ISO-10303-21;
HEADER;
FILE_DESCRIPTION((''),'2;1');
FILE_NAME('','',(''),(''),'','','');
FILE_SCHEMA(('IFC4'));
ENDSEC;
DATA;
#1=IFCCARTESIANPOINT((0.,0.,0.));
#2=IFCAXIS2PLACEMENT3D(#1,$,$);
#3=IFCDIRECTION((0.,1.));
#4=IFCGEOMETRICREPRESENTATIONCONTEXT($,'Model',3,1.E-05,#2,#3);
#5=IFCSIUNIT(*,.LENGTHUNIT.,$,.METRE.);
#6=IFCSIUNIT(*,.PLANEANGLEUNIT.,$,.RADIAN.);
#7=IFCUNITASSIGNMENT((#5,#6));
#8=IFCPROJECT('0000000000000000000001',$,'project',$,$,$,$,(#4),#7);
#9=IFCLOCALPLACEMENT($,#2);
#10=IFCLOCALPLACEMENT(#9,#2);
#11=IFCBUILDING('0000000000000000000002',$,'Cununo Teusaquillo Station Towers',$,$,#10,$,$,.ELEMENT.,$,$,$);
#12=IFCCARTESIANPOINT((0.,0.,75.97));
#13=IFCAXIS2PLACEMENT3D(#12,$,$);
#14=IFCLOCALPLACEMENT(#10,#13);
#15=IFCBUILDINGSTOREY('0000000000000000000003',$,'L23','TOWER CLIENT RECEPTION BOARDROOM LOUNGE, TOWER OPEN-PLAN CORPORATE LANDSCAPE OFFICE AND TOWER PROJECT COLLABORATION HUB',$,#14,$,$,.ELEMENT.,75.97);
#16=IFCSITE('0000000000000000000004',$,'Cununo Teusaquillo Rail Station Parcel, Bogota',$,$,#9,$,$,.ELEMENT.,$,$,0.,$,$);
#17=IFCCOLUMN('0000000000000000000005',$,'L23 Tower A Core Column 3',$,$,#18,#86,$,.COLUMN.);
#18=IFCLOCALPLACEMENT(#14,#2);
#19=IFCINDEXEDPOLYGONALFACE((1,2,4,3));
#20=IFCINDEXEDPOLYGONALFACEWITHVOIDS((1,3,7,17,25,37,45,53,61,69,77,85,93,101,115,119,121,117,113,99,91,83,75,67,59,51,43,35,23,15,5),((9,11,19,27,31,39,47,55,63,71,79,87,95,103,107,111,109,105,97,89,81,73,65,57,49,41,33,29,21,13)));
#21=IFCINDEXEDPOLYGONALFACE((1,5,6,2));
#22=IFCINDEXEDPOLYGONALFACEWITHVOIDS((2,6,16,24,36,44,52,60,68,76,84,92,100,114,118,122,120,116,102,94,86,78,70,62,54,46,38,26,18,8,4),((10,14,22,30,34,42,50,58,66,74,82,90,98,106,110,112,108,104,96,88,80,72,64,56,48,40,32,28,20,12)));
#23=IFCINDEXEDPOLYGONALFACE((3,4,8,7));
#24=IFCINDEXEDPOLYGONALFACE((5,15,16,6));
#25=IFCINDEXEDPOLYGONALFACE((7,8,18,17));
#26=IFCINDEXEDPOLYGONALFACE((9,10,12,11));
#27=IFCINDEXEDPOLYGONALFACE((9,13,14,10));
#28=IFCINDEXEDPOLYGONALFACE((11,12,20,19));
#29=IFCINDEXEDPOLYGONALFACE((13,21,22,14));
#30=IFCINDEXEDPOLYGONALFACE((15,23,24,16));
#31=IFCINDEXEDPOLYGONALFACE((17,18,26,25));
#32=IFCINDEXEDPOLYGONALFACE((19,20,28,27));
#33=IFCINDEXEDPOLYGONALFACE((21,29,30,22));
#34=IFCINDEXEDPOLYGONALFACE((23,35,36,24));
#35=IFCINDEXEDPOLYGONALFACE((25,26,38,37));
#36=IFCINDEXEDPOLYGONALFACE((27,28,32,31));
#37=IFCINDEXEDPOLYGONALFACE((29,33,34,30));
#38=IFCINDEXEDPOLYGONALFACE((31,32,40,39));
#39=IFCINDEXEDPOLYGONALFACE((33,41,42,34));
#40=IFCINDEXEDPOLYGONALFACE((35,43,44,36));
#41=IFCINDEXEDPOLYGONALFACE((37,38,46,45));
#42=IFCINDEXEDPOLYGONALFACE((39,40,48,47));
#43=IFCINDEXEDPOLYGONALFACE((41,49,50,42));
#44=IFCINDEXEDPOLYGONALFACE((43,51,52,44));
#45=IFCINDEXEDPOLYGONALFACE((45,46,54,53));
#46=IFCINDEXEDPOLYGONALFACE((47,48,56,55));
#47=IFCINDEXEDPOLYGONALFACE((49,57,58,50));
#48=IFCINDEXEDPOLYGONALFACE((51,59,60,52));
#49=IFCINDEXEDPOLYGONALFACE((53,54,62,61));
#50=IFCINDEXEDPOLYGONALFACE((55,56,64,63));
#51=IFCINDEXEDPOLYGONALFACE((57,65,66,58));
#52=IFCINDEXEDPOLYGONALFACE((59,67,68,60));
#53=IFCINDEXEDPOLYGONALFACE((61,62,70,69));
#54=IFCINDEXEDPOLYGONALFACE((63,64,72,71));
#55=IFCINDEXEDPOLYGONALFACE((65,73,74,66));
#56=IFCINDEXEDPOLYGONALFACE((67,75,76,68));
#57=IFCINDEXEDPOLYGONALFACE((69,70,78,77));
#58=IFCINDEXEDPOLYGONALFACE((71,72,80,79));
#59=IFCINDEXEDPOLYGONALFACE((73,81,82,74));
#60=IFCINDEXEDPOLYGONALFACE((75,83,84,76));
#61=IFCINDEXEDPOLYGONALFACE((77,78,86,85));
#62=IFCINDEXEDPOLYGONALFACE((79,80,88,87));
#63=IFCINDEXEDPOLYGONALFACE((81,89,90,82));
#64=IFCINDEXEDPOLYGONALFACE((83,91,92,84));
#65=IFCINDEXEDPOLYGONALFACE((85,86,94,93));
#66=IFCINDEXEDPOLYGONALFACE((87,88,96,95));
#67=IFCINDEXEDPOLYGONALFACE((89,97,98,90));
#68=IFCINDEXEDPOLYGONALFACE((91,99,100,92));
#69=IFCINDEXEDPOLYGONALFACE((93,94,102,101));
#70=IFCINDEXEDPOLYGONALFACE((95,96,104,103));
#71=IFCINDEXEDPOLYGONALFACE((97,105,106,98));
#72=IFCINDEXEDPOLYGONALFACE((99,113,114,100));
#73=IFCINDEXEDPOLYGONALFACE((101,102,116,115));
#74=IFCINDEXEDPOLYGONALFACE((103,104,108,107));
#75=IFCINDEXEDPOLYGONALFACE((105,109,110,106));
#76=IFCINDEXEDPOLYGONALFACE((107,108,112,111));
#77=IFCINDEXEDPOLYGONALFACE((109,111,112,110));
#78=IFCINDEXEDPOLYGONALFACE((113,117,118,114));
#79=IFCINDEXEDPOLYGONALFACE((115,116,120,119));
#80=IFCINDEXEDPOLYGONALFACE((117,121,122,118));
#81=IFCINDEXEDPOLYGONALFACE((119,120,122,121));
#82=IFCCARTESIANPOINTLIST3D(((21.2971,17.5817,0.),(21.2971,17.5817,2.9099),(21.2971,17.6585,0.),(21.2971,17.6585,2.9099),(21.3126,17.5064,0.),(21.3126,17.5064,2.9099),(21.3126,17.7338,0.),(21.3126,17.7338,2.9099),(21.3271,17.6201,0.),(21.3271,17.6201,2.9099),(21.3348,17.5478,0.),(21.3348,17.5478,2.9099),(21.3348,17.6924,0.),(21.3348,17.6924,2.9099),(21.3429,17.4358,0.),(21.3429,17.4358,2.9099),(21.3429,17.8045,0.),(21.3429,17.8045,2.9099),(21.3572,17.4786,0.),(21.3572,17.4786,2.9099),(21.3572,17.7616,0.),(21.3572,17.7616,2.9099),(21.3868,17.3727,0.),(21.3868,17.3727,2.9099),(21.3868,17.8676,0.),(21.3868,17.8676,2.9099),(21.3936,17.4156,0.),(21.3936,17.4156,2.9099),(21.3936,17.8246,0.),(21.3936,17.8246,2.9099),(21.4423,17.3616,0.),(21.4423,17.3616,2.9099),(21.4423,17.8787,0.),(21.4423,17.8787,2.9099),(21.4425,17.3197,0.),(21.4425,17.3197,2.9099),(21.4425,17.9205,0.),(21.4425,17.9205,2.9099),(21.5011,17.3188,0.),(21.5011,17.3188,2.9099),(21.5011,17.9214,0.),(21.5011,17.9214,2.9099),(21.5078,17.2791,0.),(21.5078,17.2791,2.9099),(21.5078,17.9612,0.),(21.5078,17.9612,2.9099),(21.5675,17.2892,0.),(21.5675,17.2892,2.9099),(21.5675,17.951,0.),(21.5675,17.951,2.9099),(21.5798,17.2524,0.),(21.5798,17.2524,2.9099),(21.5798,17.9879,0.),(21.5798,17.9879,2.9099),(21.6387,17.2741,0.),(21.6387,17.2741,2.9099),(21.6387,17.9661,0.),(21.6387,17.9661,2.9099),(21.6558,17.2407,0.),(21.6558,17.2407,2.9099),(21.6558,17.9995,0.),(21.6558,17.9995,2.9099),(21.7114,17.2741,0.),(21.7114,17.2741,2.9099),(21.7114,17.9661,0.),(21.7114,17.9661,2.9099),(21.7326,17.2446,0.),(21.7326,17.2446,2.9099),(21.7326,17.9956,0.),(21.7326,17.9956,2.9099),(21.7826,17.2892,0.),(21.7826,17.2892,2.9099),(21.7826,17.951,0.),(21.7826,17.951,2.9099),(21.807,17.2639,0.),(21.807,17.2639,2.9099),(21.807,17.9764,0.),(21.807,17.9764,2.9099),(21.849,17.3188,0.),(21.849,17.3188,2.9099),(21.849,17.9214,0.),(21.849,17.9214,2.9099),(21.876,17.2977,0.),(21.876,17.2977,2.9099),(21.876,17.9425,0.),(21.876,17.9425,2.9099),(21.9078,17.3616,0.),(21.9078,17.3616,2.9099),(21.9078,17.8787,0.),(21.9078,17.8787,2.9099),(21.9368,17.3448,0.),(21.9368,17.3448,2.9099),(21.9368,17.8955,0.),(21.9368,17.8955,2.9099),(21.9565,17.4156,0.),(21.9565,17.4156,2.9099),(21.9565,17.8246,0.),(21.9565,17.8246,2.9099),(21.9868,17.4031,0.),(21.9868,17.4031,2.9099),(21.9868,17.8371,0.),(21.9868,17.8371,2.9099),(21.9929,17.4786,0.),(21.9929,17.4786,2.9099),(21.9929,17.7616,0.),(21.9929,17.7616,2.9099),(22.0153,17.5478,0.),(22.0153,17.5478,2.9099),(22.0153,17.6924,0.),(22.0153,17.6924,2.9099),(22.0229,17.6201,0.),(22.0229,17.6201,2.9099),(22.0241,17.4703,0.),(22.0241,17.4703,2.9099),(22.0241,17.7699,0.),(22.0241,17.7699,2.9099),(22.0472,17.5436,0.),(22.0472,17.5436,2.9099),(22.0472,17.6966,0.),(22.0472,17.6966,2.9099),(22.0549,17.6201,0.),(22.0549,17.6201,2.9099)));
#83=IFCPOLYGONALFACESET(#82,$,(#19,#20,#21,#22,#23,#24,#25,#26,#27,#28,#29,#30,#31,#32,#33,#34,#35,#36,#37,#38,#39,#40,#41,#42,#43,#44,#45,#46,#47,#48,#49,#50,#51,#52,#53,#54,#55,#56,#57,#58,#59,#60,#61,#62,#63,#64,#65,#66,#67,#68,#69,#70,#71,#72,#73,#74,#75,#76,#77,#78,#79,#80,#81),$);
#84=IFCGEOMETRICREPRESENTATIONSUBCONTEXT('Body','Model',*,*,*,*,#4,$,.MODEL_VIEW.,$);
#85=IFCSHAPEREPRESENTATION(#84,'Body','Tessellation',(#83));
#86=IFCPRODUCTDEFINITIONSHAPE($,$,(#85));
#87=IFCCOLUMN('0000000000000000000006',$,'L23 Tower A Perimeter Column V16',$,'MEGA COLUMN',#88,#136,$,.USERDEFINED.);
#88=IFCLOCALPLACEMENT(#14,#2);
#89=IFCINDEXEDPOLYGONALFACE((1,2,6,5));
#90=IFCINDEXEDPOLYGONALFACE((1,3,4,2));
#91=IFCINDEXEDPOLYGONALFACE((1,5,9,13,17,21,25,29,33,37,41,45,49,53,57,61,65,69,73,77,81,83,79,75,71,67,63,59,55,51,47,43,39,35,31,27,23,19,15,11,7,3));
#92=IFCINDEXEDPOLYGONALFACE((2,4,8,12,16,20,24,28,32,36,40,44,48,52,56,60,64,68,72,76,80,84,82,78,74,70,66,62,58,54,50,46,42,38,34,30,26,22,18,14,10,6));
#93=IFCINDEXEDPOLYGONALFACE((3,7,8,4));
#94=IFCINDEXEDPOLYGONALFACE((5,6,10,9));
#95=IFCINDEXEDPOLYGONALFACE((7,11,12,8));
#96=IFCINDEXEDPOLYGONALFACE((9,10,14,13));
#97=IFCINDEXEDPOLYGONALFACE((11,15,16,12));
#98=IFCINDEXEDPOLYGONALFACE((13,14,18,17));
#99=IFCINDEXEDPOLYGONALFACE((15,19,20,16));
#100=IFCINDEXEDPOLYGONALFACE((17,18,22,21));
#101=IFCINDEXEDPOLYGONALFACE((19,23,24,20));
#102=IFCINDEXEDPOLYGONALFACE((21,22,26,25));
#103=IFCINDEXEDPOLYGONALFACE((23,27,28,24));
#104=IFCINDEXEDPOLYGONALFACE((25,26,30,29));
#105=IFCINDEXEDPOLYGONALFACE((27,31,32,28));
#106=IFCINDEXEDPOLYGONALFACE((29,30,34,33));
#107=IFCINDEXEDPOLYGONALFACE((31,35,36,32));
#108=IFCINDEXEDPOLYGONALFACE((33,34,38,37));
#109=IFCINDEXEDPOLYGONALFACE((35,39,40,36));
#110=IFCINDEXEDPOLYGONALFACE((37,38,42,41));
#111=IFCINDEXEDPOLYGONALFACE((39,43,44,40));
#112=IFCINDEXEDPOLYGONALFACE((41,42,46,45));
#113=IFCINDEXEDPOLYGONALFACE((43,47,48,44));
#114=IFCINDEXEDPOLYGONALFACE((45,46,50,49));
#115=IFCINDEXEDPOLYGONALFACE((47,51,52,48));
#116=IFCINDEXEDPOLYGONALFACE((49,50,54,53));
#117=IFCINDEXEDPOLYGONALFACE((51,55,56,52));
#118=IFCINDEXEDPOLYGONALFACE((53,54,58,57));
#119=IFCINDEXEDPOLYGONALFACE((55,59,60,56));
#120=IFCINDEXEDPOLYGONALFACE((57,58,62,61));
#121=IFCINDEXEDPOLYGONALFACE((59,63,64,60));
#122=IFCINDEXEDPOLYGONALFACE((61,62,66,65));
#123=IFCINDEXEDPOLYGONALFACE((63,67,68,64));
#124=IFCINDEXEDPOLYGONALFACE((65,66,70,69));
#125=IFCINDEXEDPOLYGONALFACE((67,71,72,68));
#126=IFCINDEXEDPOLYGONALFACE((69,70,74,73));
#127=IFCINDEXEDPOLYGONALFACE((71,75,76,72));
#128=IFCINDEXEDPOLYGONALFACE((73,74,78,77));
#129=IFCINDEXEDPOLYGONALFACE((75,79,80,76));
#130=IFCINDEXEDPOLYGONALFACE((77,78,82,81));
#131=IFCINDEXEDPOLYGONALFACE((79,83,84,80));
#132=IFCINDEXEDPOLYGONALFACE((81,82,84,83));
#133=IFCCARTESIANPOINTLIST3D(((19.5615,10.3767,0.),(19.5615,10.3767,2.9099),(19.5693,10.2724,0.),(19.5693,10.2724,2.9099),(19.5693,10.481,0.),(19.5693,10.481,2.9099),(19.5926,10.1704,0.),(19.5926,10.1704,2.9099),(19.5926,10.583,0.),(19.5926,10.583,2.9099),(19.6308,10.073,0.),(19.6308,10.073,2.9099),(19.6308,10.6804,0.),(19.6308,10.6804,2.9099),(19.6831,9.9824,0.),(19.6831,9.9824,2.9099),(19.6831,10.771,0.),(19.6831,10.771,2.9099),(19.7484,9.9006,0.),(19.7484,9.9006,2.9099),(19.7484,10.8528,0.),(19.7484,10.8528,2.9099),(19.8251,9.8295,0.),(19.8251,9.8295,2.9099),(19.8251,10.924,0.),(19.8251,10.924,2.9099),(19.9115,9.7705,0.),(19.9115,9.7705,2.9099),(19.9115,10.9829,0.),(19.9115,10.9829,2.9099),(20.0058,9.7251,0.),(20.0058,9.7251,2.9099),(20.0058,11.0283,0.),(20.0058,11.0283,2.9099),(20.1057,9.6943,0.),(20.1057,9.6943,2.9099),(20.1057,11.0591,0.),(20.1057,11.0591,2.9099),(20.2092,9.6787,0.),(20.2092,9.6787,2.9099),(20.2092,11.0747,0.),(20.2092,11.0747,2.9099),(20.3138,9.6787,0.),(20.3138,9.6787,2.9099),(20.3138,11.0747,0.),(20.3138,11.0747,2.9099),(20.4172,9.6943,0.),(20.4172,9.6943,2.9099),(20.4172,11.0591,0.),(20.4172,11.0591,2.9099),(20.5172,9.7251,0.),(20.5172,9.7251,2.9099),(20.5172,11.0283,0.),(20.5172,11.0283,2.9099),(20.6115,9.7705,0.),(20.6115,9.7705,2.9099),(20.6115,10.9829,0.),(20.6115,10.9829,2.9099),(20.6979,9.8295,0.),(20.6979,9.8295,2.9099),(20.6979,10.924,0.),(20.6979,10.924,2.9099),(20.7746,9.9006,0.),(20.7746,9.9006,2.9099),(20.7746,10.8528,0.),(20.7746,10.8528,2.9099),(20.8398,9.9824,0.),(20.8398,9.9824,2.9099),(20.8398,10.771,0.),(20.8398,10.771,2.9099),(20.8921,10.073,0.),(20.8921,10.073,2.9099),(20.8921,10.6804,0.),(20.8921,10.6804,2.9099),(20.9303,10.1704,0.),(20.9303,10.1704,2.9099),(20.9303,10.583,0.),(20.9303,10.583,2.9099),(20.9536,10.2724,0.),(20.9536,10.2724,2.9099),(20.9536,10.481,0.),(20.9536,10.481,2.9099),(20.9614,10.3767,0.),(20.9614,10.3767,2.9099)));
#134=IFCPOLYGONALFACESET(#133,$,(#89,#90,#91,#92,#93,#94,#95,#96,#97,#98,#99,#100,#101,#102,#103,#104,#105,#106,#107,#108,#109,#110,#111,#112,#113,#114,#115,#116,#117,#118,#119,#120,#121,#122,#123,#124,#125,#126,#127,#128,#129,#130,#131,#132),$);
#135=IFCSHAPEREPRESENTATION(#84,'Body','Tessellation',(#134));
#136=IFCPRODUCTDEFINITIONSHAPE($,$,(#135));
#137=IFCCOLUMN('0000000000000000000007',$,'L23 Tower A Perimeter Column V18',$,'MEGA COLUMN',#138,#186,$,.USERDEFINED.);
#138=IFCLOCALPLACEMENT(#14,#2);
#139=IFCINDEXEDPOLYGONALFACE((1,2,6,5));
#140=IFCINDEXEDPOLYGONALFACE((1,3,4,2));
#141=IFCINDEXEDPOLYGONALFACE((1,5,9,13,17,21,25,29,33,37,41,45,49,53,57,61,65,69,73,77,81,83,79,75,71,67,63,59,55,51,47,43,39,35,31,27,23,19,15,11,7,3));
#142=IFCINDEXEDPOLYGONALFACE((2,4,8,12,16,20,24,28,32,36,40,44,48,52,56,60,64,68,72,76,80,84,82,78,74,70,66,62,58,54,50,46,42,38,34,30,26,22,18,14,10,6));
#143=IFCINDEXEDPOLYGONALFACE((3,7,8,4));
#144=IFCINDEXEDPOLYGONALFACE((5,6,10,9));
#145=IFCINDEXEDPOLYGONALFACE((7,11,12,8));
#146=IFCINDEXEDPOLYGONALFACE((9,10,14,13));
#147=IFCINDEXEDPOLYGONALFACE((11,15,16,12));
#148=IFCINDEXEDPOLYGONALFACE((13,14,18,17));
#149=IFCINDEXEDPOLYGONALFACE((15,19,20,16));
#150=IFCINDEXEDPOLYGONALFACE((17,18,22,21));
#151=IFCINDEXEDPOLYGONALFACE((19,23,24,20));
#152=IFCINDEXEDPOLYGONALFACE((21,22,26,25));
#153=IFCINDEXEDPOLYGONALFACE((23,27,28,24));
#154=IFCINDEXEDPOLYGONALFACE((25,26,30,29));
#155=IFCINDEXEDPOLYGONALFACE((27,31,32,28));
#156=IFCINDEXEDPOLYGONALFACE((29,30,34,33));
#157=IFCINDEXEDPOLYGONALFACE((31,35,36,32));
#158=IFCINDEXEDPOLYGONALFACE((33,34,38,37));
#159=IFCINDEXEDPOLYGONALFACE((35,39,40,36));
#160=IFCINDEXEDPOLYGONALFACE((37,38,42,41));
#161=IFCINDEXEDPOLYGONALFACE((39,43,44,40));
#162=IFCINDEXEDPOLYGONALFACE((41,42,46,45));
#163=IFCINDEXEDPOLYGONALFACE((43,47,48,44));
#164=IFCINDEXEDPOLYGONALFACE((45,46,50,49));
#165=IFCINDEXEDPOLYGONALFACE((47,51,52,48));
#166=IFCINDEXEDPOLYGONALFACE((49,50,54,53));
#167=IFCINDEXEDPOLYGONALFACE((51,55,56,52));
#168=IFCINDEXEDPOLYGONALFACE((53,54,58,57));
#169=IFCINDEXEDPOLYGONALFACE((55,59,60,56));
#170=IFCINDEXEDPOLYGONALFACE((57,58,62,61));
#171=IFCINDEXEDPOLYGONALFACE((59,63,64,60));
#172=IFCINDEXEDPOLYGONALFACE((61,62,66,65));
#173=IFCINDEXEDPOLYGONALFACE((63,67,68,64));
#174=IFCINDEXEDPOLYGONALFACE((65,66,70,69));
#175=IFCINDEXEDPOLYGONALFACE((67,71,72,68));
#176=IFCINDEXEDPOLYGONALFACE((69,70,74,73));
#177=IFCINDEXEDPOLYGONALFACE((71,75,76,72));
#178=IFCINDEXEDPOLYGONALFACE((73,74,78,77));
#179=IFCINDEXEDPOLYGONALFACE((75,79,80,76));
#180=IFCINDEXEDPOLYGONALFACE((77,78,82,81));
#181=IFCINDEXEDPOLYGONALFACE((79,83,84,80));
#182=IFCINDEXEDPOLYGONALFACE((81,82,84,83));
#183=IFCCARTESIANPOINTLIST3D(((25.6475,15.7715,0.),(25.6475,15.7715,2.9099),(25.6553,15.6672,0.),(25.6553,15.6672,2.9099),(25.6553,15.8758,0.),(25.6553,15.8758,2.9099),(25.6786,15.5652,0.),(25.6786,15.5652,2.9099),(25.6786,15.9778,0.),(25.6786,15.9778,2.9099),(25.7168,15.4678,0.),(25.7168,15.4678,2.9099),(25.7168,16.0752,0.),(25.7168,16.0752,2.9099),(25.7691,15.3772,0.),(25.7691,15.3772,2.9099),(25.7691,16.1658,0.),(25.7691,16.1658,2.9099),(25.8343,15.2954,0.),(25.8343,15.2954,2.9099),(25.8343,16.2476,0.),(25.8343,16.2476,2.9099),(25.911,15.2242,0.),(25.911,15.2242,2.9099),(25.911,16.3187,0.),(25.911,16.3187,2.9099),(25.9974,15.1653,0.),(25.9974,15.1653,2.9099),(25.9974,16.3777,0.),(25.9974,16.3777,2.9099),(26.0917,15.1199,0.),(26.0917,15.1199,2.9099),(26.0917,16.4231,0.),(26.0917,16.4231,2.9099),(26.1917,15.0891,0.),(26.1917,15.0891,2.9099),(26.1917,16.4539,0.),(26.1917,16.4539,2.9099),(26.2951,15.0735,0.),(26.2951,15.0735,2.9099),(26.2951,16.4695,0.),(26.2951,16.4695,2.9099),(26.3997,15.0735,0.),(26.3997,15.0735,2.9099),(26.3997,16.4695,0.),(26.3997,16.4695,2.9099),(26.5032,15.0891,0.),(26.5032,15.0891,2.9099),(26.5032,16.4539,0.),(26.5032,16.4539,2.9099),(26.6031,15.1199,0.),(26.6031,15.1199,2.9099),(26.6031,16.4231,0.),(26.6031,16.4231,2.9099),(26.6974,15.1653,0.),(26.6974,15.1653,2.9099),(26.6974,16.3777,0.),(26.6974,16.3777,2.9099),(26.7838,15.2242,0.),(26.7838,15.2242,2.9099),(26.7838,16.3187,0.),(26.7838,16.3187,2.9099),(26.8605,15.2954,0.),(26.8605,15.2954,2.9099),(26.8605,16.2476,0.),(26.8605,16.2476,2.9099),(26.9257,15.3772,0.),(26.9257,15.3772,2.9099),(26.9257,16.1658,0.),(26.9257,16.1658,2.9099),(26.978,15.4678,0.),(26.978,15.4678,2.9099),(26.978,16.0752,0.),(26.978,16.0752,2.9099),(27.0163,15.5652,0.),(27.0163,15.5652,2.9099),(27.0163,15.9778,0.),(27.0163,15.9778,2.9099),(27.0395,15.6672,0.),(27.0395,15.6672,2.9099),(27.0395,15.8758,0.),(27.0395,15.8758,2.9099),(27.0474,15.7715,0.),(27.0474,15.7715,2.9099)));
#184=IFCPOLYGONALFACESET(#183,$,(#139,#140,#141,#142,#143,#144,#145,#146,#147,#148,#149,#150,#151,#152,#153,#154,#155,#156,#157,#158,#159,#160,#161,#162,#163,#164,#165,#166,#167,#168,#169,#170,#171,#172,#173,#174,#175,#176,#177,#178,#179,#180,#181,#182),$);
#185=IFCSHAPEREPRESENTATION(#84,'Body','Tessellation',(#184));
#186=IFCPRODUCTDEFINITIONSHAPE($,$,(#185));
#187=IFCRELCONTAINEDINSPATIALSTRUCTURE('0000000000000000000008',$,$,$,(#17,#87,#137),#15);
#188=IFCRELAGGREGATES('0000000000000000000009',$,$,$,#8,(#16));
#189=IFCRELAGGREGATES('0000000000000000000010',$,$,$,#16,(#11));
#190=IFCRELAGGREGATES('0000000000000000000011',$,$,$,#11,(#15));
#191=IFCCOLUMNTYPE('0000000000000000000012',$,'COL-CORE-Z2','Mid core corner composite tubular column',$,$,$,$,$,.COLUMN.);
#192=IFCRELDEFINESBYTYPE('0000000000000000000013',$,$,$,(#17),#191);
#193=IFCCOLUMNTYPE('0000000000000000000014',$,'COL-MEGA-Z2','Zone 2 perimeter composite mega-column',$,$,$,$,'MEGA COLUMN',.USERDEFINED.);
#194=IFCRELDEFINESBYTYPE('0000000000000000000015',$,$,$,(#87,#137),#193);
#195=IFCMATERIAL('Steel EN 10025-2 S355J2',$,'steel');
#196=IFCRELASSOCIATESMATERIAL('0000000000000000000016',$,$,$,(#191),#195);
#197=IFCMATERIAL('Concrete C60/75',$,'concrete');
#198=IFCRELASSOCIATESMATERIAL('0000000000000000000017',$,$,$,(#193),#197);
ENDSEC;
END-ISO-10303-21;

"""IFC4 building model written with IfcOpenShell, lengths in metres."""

from ifc_helpers import new_model, si_unit, direction, frame, origin, origin_2d, place, context, subcontext, project, spatial, circle, hollow_circle, extrude, material, material_profile, profile_set, type_object, element, save


model = new_model("IFC4")

# Units and contexts
model_context = context("Model", 3, precision=1e-05, world=origin(), true_north=direction((0.0, 1.0)))
body_context = subcontext(model_context, "Body", "Model", "MODEL_VIEW")
ifc_project = project(units=[si_unit("LENGTHUNIT", "METRE"), si_unit("PLANEANGLEUNIT", "RADIAN")], contexts=[model_context])

# Site, building, storey
site_placement = place(None, origin())
site = spatial("IfcSite", under=ifc_project, at=site_placement, Name="Cununo Teusaquillo Rail Station Parcel, Bogota", CompositionType="ELEMENT", RefElevation=0.0)
building_placement = place(site_placement, origin())
building = spatial("IfcBuilding", under=site, at=building_placement, Name="Cununo Teusaquillo Station Towers", CompositionType="ELEMENT")
storey_placement = place(building_placement, frame((0.0, 0.0, 75.97)))
storey = spatial("IfcBuildingStorey", under=building, at=storey_placement, Name="L23", Description="TOWER CLIENT RECEPTION BOARDROOM LOUNGE, TOWER OPEN-PLAN CORPORATE LANDSCAPE OFFICE AND TOWER PROJECT COLLABORATION HUB", CompositionType="ELEMENT", Elevation=75.97)

# Columns
ifc_material_1 = material(Name="Steel EN 10025-2 S355J2", Category="steel")
ifc_material_profile_1 = material_profile(ifc_material_1, hollow_circle(Radius=0.3799, WallThickness=0.032, at=origin_2d()), Name="CHS 760x32")
ifc_profile_set_1 = profile_set([ifc_material_profile_1], Name="Steel EN 10025-2 S355J2")
column_type_1 = type_object("IfcColumnType", Name="COL-CORE-Z2", Description="Mid core corner composite tubular column", PredefinedType="COLUMN", material=ifc_profile_set_1)
column_placement = place(storey_placement, frame((21.675, 17.6201, 0.0), z_axis=(0.0, 0.0, 1.0), x_axis=(1.0, 0.0, 0.0)))
element("IfcColumn", 1, at=column_placement, inside=storey, type_object=column_type_1, Name="L23 Tower A Core Column 3", PredefinedType="COLUMN", context=body_context, shape_type="SweptSolid", body=[
    extrude(hollow_circle(Radius=0.3799, WallThickness=0.032, at=origin_2d()), origin(), (0.0, 0.0, 1.0), 2.9099),
])
ifc_material_2 = material(Name="Concrete C60/75", Category="concrete")
ifc_material_profile_2 = material_profile(ifc_material_2, circle(Radius=0.7, at=origin_2d()), Name="RC-CIRC-1400")
ifc_profile_set_2 = profile_set([ifc_material_profile_2], Name="Concrete C60/75")
column_type_2 = type_object("IfcColumnType", Name="COL-MEGA-Z2", Description="Zone 2 perimeter composite mega-column", ElementType="MEGA COLUMN", PredefinedType="USERDEFINED", material=ifc_profile_set_2)
for number, where, z_axis, x_axis, name in (
    (2, (20.2615, 10.3767, 0.0), (0.0, 0.0, 1.0), (1.0, 0.0, 0.0), "L23 Tower A Perimeter Column V16"),
    (3, (26.3474, 15.7715, 0.0), (0.0, 0.0, 1.0), (1.0, 0.0, 0.0), "L23 Tower A Perimeter Column V18"),
):
    element("IfcColumn", number, at=place(storey_placement, frame(where, z_axis=z_axis, x_axis=x_axis)), inside=storey, type_object=column_type_2, Name=name, ObjectType="MEGA COLUMN", PredefinedType="USERDEFINED", context=body_context, shape_type="SweptSolid", body=[
        extrude(circle(Radius=0.7, at=origin_2d()), origin(), (0.0, 0.0, 1.0), 2.9099),
    ])

save(model, "model.ifc")
